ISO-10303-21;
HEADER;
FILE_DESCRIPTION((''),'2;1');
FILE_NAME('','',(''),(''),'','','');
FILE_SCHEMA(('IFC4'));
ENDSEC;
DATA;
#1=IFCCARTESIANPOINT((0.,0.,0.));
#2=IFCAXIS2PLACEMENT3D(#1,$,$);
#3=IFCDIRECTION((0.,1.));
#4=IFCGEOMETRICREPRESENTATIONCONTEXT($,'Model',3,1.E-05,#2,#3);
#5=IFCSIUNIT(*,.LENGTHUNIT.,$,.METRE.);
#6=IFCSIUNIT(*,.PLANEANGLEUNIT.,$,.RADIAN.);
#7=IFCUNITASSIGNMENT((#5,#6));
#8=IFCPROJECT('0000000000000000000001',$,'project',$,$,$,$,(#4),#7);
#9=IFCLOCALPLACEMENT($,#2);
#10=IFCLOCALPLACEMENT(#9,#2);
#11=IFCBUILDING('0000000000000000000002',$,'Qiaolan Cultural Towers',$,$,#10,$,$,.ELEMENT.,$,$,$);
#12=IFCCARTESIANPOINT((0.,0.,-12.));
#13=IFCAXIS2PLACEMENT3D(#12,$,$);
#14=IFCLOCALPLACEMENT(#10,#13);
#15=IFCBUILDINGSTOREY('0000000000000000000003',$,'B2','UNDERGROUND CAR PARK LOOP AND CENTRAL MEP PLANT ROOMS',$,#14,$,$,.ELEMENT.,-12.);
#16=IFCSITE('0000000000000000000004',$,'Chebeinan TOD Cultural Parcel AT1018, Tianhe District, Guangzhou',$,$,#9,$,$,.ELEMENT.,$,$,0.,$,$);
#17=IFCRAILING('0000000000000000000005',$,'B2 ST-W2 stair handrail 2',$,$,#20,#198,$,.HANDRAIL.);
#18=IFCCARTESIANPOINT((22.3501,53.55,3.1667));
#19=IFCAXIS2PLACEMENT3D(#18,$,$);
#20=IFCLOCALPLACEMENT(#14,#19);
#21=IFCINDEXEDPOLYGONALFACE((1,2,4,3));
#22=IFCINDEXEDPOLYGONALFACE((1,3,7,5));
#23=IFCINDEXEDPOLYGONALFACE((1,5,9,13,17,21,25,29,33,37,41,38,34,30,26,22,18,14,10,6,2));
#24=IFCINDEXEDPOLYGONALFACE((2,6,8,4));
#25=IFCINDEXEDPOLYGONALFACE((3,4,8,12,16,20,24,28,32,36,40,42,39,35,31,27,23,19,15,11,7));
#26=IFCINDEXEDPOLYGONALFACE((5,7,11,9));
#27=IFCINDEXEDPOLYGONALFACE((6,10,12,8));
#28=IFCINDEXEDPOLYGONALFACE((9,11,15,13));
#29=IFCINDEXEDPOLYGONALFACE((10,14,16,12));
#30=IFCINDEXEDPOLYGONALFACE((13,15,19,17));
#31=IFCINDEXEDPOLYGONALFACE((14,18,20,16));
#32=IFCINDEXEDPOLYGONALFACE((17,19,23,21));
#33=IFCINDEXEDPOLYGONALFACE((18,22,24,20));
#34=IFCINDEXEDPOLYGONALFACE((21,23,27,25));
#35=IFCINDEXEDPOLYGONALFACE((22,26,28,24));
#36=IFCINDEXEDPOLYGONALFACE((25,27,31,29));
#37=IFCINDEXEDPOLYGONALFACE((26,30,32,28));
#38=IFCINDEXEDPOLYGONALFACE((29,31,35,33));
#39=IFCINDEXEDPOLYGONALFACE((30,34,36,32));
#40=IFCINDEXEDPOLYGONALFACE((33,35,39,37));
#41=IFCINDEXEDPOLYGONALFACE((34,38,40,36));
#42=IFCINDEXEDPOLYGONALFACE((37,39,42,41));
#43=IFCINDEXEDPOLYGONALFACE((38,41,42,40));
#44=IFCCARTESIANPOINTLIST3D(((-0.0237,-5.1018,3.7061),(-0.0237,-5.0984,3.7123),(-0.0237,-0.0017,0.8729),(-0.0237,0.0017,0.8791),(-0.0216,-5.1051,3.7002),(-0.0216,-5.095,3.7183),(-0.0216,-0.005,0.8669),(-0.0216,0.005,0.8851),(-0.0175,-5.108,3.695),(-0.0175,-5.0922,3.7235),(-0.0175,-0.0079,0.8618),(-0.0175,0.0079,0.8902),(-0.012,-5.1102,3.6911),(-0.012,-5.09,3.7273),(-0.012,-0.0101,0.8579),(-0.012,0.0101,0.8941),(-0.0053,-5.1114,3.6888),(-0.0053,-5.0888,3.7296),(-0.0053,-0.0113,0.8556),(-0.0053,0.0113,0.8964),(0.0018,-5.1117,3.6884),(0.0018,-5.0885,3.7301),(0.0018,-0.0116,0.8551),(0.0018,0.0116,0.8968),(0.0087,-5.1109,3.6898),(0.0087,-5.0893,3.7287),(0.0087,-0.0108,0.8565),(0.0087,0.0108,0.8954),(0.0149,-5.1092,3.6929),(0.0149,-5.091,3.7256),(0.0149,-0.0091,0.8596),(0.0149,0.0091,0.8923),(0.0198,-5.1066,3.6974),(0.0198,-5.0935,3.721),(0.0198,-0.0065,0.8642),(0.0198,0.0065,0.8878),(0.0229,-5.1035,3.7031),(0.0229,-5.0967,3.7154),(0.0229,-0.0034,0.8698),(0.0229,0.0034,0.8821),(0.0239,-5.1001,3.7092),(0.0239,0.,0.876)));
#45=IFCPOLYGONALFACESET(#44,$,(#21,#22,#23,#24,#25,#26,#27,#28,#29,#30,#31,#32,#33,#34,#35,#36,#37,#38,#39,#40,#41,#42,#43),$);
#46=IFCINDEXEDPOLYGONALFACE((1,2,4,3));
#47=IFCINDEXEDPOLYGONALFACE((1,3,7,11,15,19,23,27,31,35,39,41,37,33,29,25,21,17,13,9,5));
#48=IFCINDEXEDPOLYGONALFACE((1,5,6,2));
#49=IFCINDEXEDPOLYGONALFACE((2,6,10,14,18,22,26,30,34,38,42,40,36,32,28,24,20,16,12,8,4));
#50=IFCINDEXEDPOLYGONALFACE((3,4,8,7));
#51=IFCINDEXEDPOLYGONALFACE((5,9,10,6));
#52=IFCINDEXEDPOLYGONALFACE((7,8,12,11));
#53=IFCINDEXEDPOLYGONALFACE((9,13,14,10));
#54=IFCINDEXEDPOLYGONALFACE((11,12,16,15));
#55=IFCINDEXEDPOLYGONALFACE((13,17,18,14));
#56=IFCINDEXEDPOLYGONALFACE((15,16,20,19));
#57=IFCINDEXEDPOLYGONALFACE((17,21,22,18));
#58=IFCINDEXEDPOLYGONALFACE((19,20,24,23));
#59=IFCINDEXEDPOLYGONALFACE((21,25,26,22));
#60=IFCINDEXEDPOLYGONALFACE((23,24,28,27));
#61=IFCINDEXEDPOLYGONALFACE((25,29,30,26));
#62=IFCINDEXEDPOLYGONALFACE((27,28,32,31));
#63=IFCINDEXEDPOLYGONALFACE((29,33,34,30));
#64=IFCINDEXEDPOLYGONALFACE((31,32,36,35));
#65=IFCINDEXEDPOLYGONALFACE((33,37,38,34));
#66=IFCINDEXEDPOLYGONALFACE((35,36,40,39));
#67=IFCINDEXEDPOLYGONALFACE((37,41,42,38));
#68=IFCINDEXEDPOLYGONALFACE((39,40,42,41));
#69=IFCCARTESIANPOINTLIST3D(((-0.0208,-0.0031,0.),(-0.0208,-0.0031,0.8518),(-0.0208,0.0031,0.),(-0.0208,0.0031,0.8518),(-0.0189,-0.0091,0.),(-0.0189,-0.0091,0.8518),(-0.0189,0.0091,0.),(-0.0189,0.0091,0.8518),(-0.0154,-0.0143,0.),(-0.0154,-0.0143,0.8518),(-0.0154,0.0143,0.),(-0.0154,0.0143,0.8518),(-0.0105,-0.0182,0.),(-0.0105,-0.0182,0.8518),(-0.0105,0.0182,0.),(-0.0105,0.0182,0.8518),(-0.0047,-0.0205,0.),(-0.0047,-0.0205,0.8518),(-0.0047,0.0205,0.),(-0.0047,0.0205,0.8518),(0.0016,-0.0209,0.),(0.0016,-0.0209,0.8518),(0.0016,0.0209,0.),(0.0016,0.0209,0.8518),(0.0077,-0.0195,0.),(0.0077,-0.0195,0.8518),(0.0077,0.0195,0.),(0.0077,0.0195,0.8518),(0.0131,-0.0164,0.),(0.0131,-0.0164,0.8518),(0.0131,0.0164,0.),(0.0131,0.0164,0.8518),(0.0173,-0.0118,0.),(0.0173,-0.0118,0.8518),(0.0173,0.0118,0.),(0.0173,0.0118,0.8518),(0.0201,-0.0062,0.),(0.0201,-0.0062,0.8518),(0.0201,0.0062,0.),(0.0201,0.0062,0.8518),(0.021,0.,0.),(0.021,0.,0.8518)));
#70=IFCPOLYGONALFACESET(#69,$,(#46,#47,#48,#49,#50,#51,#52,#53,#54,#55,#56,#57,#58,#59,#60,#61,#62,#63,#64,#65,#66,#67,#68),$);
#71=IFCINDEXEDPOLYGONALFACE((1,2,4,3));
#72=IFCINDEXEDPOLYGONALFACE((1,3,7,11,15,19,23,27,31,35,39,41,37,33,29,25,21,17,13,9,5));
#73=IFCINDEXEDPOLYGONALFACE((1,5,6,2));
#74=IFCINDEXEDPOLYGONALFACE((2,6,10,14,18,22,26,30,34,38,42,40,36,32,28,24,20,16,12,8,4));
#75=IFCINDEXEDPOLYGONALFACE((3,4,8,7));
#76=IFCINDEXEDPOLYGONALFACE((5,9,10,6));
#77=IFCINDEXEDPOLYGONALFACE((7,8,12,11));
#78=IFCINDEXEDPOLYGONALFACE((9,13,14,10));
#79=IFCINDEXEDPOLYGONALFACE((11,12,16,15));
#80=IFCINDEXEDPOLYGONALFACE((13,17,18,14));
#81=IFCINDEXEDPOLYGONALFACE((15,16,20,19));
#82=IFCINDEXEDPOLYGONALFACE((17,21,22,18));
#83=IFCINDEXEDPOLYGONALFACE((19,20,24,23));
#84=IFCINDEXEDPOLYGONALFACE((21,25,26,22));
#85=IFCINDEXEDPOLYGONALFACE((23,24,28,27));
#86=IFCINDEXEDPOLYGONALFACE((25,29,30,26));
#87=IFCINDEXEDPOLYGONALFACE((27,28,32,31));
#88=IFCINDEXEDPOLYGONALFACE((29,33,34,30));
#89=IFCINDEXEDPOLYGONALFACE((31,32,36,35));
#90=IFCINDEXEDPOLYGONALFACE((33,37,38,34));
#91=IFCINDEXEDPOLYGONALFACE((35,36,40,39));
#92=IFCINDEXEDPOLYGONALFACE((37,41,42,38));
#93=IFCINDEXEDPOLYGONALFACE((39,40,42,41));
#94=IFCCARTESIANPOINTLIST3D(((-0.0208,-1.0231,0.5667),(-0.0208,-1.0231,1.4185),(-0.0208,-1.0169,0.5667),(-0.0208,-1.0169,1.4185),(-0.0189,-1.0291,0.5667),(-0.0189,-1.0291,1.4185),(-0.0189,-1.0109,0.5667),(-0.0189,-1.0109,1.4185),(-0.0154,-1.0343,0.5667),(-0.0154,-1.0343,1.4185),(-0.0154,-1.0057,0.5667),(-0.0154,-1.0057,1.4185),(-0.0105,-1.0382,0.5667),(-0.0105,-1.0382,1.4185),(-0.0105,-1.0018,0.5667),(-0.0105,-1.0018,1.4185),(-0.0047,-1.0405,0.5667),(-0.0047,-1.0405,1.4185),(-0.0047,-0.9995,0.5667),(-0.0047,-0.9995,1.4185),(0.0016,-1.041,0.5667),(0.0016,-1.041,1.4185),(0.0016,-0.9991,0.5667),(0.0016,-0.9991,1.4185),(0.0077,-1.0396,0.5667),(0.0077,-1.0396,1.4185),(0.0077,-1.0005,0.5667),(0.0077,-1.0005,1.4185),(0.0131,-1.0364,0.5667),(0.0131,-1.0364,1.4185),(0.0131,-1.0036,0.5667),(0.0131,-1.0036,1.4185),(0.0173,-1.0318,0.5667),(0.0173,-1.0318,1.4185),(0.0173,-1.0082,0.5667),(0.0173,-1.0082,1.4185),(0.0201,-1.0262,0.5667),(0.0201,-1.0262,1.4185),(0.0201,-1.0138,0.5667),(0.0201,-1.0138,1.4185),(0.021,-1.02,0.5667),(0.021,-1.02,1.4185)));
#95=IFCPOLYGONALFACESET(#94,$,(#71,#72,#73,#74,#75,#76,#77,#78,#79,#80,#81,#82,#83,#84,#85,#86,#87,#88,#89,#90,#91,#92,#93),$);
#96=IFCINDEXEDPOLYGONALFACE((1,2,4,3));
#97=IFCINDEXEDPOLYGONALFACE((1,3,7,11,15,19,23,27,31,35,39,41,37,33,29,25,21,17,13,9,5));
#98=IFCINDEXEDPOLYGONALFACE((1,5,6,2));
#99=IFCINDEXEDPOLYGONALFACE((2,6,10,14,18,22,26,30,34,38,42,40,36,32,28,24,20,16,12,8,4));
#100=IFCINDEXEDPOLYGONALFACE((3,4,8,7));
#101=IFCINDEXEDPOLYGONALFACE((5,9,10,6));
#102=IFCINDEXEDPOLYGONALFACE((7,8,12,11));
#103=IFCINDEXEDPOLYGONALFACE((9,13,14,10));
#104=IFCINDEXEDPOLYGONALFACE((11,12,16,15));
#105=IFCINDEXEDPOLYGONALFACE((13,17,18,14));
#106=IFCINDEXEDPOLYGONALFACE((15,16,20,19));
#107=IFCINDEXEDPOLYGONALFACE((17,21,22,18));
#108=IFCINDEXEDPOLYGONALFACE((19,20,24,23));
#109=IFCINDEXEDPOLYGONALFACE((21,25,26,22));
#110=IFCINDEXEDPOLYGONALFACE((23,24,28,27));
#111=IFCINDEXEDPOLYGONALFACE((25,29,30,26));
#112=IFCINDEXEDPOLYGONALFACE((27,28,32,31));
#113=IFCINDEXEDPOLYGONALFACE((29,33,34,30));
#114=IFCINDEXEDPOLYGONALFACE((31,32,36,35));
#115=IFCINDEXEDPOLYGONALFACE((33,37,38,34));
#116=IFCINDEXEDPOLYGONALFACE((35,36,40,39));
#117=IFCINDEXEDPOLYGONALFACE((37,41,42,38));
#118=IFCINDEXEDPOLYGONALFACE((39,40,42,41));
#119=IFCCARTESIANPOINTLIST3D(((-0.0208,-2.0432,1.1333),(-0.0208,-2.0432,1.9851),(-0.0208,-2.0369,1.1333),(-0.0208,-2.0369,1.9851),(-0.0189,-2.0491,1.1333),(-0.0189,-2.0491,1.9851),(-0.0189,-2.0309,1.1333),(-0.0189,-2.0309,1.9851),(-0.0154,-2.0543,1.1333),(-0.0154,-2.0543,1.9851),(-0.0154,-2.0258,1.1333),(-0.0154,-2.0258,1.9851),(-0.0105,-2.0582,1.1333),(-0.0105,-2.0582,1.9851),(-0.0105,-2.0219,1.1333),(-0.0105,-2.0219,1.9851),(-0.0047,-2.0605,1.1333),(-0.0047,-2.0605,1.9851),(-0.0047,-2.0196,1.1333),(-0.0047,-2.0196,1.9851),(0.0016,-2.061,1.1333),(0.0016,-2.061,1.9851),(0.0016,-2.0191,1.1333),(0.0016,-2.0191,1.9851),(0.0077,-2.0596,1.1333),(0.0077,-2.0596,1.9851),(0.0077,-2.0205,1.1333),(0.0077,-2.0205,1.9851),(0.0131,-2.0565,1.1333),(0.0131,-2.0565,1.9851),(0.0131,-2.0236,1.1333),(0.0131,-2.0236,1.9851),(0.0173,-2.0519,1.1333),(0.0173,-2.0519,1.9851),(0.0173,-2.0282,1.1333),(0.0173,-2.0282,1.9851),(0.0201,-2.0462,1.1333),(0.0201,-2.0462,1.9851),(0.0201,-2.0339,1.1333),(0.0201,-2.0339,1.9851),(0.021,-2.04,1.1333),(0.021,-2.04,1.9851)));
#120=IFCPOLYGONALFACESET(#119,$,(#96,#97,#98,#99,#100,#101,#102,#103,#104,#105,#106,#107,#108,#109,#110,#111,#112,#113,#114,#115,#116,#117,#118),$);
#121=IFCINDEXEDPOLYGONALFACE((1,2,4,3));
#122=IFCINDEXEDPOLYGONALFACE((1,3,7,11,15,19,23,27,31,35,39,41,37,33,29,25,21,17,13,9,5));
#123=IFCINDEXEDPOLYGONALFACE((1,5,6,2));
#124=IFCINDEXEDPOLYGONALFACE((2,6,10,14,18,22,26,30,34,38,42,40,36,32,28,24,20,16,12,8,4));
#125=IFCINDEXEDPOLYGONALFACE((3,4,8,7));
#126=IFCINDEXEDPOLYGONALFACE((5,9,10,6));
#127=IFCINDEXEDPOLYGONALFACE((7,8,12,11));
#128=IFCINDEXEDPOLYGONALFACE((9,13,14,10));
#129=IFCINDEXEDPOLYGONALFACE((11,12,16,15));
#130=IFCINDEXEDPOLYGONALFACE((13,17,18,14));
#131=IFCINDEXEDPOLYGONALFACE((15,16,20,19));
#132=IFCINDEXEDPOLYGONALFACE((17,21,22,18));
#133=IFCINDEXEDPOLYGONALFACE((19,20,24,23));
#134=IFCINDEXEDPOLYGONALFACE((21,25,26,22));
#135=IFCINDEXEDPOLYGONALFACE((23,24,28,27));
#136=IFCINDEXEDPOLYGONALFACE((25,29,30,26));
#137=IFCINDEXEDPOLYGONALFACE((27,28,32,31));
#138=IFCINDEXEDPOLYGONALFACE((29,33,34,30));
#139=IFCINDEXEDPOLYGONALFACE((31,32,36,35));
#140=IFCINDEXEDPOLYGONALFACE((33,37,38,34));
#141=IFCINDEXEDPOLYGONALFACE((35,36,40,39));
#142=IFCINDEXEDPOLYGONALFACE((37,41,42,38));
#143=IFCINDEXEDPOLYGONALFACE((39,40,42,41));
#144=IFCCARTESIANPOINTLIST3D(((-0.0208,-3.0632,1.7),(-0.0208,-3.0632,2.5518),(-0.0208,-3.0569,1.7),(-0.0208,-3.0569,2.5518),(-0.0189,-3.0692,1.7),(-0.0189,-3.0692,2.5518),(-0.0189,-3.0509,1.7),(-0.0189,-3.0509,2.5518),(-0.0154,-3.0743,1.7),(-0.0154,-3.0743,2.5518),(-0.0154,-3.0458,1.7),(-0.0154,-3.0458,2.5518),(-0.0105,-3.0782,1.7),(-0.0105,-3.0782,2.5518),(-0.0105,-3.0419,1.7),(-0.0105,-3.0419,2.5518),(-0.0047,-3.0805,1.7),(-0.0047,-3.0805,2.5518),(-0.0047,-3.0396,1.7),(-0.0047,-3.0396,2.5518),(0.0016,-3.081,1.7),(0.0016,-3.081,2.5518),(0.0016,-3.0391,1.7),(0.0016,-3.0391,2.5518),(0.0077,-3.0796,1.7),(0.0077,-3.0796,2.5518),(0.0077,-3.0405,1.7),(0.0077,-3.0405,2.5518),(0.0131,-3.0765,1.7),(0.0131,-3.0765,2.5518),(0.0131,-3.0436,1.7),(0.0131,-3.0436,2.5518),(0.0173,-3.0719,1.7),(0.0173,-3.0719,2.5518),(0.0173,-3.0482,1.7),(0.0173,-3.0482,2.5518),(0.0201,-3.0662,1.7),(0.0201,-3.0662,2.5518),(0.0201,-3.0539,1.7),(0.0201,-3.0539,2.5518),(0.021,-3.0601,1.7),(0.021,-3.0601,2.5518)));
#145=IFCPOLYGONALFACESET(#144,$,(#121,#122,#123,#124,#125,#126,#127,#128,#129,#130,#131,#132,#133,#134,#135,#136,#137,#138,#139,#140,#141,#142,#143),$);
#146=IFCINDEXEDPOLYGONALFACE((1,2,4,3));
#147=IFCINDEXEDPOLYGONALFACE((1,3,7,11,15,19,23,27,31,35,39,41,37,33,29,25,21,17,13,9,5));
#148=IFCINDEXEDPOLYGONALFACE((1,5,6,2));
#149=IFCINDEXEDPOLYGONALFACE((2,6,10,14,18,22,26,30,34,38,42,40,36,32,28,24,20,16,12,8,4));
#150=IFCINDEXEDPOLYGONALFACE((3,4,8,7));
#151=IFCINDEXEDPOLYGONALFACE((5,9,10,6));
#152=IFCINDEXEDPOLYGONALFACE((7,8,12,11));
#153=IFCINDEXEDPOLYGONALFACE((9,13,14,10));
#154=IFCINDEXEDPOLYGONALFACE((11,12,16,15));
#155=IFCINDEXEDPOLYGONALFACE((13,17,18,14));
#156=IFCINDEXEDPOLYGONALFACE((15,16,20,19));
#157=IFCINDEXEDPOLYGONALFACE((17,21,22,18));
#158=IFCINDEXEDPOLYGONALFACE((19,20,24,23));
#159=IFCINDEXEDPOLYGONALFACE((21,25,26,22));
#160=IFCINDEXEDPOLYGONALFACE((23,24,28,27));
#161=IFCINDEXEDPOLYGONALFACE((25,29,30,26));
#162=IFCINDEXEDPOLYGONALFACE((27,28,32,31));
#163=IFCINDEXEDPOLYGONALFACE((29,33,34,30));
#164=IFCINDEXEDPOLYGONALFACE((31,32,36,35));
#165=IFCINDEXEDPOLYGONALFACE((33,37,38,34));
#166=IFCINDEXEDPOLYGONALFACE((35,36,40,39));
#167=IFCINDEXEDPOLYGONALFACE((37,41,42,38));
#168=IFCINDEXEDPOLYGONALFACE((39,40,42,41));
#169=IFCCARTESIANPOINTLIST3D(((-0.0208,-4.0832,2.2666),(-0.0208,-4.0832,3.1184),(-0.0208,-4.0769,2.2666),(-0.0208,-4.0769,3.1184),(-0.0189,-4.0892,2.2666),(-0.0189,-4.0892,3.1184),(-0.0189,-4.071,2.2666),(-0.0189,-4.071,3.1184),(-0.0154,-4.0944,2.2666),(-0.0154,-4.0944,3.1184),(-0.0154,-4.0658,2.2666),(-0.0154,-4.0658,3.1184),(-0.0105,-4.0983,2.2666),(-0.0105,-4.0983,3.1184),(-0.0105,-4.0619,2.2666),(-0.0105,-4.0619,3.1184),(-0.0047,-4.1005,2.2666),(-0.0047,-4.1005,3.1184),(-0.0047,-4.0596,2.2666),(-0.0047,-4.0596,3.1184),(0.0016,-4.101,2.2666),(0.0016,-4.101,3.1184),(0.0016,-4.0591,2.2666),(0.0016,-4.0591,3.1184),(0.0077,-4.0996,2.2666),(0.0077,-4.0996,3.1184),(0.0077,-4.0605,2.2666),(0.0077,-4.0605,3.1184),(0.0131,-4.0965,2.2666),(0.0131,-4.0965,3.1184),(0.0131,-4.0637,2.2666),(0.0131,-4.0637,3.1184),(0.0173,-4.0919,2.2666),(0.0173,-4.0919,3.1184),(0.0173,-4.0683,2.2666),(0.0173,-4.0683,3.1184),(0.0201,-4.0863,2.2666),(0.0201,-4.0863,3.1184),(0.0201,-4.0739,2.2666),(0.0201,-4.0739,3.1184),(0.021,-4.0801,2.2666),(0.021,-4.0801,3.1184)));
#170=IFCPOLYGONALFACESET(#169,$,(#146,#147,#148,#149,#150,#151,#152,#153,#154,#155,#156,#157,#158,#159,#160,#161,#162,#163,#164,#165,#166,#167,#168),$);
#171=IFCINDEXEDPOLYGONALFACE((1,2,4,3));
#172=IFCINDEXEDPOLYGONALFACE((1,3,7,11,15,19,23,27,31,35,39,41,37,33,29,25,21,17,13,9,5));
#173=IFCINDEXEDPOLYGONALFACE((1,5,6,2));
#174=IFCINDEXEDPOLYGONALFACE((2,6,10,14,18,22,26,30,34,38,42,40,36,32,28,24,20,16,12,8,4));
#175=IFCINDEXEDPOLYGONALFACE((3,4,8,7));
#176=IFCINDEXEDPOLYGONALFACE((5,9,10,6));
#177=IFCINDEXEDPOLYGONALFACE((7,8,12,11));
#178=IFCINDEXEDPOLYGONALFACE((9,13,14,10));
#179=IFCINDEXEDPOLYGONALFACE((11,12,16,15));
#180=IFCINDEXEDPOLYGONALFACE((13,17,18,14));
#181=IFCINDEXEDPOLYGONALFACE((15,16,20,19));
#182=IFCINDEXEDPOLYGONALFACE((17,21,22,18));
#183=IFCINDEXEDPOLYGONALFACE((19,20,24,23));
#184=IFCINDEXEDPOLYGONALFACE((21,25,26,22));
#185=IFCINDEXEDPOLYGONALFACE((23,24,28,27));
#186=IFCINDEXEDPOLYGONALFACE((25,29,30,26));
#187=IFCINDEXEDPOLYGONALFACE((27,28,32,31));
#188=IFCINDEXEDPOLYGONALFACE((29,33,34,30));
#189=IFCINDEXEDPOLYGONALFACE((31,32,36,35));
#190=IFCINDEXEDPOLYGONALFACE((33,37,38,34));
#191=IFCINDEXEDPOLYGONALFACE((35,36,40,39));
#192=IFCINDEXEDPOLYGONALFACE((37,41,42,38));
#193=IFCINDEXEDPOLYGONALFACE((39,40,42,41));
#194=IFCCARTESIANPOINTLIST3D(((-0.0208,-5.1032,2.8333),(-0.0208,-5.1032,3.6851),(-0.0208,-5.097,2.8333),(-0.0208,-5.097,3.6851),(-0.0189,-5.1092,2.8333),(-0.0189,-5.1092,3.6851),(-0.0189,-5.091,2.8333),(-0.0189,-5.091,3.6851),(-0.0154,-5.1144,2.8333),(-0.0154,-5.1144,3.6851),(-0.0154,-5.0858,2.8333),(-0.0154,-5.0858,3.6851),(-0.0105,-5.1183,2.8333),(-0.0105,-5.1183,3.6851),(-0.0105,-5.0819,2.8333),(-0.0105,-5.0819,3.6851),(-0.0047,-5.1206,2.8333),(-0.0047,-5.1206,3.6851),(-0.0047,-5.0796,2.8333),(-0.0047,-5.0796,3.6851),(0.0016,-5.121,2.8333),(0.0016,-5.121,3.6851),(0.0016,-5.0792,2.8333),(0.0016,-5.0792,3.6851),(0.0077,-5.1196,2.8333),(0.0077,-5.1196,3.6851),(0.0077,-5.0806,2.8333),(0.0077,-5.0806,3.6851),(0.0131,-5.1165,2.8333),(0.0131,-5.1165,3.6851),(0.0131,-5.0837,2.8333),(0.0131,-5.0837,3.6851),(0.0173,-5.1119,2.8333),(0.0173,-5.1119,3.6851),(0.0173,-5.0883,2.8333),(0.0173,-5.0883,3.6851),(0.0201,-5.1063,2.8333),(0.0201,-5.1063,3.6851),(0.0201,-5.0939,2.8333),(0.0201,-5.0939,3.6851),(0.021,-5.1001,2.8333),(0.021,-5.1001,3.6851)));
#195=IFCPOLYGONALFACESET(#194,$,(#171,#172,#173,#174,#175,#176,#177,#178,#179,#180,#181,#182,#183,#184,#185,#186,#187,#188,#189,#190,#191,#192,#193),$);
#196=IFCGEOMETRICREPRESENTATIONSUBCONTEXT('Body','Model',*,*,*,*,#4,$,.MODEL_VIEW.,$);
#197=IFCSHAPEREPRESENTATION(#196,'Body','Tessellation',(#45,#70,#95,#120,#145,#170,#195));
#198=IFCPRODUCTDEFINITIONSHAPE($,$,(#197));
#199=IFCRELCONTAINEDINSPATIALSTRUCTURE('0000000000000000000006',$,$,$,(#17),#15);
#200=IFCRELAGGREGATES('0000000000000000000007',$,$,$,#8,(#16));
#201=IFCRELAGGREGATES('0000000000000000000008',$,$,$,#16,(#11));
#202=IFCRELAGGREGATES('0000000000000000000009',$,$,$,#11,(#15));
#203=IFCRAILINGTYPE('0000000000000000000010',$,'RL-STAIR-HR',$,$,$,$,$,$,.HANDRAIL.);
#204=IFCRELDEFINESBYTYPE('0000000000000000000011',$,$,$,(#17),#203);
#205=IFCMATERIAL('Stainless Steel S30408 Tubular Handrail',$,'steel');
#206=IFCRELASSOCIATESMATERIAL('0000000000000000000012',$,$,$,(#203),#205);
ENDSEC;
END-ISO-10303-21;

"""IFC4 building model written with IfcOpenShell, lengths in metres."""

from ifc_helpers import new_model, si_unit, direction, frame, origin, origin_2d, place, context, subcontext, project, spatial, circle, extrude, material, type_object, element, save


model = new_model("IFC4")

# Units and contexts
model_context = context("Model", 3, precision=1e-05, world=origin(), true_north=direction((0.0, 1.0)))
body_context = subcontext(model_context, "Body", "Model", "MODEL_VIEW")
ifc_project = project(units=[si_unit("LENGTHUNIT", "METRE"), si_unit("PLANEANGLEUNIT", "RADIAN")], contexts=[model_context])

# Site, building, storey
site_placement = place(None, origin())
site = spatial("IfcSite", under=ifc_project, at=site_placement, Name="Chebeinan TOD Cultural Parcel AT1018, Tianhe District, Guangzhou", CompositionType="ELEMENT", RefElevation=0.0)
building_placement = place(site_placement, origin())
building = spatial("IfcBuilding", under=site, at=building_placement, Name="Qiaolan Cultural Towers", CompositionType="ELEMENT")
storey_placement = place(building_placement, frame((0.0, 0.0, -12.0)))
storey = spatial("IfcBuildingStorey", under=building, at=storey_placement, Name="B2", Description="UNDERGROUND CAR PARK LOOP AND CENTRAL MEP PLANT ROOMS", CompositionType="ELEMENT", Elevation=-12.0)

# Railing
ifc_material_1 = material(Name="Stainless Steel S30408 Tubular Handrail", Category="steel")
railing_type_1 = type_object("IfcRailingType", Name="RL-STAIR-HR", PredefinedType="HANDRAIL", material=ifc_material_1)
railing_1_placement = place(storey_placement, frame((22.3501, 53.55, 3.1667)))
element("IfcRailing", 1, at=railing_1_placement, inside=storey, type_object=railing_type_1, Name="B2 ST-W2 stair handrail 2", PredefinedType="HANDRAIL", context=body_context, shape_type="SweptSolid", body=[
    extrude(circle(Radius=0.0239, at=origin_2d()), frame((0.0, 0.0, 0.876), z_axis=(0.0, -0.874167, 0.485625), x_axis=(1.0, 0.0, 0.0)), (0.0, 0.0, 1.0), 5.8342),
    extrude(circle(Radius=0.021, at=origin_2d()), origin(), (0.0, 0.0, 1.0), 0.8518),
    extrude(circle(Radius=0.021, at=origin_2d()), frame((0.0, -1.02, 0.5667)), (0.0, 0.0, 1.0), 0.8518),
    extrude(circle(Radius=0.021, at=origin_2d()), frame((0.0, -2.04, 1.1333)), (0.0, 0.0, 1.0), 0.8518),
    extrude(circle(Radius=0.021, at=origin_2d()), frame((0.0, -3.0601, 1.7)), (0.0, 0.0, 1.0), 0.8518),
    extrude(circle(Radius=0.021, at=origin_2d()), frame((0.0, -4.0801, 2.2666)), (0.0, 0.0, 1.0), 0.8518),
    extrude(circle(Radius=0.021, at=origin_2d()), frame((0.0, -5.1001, 2.8333)), (0.0, 0.0, 1.0), 0.8518),
])

save(model, "model.ifc")
